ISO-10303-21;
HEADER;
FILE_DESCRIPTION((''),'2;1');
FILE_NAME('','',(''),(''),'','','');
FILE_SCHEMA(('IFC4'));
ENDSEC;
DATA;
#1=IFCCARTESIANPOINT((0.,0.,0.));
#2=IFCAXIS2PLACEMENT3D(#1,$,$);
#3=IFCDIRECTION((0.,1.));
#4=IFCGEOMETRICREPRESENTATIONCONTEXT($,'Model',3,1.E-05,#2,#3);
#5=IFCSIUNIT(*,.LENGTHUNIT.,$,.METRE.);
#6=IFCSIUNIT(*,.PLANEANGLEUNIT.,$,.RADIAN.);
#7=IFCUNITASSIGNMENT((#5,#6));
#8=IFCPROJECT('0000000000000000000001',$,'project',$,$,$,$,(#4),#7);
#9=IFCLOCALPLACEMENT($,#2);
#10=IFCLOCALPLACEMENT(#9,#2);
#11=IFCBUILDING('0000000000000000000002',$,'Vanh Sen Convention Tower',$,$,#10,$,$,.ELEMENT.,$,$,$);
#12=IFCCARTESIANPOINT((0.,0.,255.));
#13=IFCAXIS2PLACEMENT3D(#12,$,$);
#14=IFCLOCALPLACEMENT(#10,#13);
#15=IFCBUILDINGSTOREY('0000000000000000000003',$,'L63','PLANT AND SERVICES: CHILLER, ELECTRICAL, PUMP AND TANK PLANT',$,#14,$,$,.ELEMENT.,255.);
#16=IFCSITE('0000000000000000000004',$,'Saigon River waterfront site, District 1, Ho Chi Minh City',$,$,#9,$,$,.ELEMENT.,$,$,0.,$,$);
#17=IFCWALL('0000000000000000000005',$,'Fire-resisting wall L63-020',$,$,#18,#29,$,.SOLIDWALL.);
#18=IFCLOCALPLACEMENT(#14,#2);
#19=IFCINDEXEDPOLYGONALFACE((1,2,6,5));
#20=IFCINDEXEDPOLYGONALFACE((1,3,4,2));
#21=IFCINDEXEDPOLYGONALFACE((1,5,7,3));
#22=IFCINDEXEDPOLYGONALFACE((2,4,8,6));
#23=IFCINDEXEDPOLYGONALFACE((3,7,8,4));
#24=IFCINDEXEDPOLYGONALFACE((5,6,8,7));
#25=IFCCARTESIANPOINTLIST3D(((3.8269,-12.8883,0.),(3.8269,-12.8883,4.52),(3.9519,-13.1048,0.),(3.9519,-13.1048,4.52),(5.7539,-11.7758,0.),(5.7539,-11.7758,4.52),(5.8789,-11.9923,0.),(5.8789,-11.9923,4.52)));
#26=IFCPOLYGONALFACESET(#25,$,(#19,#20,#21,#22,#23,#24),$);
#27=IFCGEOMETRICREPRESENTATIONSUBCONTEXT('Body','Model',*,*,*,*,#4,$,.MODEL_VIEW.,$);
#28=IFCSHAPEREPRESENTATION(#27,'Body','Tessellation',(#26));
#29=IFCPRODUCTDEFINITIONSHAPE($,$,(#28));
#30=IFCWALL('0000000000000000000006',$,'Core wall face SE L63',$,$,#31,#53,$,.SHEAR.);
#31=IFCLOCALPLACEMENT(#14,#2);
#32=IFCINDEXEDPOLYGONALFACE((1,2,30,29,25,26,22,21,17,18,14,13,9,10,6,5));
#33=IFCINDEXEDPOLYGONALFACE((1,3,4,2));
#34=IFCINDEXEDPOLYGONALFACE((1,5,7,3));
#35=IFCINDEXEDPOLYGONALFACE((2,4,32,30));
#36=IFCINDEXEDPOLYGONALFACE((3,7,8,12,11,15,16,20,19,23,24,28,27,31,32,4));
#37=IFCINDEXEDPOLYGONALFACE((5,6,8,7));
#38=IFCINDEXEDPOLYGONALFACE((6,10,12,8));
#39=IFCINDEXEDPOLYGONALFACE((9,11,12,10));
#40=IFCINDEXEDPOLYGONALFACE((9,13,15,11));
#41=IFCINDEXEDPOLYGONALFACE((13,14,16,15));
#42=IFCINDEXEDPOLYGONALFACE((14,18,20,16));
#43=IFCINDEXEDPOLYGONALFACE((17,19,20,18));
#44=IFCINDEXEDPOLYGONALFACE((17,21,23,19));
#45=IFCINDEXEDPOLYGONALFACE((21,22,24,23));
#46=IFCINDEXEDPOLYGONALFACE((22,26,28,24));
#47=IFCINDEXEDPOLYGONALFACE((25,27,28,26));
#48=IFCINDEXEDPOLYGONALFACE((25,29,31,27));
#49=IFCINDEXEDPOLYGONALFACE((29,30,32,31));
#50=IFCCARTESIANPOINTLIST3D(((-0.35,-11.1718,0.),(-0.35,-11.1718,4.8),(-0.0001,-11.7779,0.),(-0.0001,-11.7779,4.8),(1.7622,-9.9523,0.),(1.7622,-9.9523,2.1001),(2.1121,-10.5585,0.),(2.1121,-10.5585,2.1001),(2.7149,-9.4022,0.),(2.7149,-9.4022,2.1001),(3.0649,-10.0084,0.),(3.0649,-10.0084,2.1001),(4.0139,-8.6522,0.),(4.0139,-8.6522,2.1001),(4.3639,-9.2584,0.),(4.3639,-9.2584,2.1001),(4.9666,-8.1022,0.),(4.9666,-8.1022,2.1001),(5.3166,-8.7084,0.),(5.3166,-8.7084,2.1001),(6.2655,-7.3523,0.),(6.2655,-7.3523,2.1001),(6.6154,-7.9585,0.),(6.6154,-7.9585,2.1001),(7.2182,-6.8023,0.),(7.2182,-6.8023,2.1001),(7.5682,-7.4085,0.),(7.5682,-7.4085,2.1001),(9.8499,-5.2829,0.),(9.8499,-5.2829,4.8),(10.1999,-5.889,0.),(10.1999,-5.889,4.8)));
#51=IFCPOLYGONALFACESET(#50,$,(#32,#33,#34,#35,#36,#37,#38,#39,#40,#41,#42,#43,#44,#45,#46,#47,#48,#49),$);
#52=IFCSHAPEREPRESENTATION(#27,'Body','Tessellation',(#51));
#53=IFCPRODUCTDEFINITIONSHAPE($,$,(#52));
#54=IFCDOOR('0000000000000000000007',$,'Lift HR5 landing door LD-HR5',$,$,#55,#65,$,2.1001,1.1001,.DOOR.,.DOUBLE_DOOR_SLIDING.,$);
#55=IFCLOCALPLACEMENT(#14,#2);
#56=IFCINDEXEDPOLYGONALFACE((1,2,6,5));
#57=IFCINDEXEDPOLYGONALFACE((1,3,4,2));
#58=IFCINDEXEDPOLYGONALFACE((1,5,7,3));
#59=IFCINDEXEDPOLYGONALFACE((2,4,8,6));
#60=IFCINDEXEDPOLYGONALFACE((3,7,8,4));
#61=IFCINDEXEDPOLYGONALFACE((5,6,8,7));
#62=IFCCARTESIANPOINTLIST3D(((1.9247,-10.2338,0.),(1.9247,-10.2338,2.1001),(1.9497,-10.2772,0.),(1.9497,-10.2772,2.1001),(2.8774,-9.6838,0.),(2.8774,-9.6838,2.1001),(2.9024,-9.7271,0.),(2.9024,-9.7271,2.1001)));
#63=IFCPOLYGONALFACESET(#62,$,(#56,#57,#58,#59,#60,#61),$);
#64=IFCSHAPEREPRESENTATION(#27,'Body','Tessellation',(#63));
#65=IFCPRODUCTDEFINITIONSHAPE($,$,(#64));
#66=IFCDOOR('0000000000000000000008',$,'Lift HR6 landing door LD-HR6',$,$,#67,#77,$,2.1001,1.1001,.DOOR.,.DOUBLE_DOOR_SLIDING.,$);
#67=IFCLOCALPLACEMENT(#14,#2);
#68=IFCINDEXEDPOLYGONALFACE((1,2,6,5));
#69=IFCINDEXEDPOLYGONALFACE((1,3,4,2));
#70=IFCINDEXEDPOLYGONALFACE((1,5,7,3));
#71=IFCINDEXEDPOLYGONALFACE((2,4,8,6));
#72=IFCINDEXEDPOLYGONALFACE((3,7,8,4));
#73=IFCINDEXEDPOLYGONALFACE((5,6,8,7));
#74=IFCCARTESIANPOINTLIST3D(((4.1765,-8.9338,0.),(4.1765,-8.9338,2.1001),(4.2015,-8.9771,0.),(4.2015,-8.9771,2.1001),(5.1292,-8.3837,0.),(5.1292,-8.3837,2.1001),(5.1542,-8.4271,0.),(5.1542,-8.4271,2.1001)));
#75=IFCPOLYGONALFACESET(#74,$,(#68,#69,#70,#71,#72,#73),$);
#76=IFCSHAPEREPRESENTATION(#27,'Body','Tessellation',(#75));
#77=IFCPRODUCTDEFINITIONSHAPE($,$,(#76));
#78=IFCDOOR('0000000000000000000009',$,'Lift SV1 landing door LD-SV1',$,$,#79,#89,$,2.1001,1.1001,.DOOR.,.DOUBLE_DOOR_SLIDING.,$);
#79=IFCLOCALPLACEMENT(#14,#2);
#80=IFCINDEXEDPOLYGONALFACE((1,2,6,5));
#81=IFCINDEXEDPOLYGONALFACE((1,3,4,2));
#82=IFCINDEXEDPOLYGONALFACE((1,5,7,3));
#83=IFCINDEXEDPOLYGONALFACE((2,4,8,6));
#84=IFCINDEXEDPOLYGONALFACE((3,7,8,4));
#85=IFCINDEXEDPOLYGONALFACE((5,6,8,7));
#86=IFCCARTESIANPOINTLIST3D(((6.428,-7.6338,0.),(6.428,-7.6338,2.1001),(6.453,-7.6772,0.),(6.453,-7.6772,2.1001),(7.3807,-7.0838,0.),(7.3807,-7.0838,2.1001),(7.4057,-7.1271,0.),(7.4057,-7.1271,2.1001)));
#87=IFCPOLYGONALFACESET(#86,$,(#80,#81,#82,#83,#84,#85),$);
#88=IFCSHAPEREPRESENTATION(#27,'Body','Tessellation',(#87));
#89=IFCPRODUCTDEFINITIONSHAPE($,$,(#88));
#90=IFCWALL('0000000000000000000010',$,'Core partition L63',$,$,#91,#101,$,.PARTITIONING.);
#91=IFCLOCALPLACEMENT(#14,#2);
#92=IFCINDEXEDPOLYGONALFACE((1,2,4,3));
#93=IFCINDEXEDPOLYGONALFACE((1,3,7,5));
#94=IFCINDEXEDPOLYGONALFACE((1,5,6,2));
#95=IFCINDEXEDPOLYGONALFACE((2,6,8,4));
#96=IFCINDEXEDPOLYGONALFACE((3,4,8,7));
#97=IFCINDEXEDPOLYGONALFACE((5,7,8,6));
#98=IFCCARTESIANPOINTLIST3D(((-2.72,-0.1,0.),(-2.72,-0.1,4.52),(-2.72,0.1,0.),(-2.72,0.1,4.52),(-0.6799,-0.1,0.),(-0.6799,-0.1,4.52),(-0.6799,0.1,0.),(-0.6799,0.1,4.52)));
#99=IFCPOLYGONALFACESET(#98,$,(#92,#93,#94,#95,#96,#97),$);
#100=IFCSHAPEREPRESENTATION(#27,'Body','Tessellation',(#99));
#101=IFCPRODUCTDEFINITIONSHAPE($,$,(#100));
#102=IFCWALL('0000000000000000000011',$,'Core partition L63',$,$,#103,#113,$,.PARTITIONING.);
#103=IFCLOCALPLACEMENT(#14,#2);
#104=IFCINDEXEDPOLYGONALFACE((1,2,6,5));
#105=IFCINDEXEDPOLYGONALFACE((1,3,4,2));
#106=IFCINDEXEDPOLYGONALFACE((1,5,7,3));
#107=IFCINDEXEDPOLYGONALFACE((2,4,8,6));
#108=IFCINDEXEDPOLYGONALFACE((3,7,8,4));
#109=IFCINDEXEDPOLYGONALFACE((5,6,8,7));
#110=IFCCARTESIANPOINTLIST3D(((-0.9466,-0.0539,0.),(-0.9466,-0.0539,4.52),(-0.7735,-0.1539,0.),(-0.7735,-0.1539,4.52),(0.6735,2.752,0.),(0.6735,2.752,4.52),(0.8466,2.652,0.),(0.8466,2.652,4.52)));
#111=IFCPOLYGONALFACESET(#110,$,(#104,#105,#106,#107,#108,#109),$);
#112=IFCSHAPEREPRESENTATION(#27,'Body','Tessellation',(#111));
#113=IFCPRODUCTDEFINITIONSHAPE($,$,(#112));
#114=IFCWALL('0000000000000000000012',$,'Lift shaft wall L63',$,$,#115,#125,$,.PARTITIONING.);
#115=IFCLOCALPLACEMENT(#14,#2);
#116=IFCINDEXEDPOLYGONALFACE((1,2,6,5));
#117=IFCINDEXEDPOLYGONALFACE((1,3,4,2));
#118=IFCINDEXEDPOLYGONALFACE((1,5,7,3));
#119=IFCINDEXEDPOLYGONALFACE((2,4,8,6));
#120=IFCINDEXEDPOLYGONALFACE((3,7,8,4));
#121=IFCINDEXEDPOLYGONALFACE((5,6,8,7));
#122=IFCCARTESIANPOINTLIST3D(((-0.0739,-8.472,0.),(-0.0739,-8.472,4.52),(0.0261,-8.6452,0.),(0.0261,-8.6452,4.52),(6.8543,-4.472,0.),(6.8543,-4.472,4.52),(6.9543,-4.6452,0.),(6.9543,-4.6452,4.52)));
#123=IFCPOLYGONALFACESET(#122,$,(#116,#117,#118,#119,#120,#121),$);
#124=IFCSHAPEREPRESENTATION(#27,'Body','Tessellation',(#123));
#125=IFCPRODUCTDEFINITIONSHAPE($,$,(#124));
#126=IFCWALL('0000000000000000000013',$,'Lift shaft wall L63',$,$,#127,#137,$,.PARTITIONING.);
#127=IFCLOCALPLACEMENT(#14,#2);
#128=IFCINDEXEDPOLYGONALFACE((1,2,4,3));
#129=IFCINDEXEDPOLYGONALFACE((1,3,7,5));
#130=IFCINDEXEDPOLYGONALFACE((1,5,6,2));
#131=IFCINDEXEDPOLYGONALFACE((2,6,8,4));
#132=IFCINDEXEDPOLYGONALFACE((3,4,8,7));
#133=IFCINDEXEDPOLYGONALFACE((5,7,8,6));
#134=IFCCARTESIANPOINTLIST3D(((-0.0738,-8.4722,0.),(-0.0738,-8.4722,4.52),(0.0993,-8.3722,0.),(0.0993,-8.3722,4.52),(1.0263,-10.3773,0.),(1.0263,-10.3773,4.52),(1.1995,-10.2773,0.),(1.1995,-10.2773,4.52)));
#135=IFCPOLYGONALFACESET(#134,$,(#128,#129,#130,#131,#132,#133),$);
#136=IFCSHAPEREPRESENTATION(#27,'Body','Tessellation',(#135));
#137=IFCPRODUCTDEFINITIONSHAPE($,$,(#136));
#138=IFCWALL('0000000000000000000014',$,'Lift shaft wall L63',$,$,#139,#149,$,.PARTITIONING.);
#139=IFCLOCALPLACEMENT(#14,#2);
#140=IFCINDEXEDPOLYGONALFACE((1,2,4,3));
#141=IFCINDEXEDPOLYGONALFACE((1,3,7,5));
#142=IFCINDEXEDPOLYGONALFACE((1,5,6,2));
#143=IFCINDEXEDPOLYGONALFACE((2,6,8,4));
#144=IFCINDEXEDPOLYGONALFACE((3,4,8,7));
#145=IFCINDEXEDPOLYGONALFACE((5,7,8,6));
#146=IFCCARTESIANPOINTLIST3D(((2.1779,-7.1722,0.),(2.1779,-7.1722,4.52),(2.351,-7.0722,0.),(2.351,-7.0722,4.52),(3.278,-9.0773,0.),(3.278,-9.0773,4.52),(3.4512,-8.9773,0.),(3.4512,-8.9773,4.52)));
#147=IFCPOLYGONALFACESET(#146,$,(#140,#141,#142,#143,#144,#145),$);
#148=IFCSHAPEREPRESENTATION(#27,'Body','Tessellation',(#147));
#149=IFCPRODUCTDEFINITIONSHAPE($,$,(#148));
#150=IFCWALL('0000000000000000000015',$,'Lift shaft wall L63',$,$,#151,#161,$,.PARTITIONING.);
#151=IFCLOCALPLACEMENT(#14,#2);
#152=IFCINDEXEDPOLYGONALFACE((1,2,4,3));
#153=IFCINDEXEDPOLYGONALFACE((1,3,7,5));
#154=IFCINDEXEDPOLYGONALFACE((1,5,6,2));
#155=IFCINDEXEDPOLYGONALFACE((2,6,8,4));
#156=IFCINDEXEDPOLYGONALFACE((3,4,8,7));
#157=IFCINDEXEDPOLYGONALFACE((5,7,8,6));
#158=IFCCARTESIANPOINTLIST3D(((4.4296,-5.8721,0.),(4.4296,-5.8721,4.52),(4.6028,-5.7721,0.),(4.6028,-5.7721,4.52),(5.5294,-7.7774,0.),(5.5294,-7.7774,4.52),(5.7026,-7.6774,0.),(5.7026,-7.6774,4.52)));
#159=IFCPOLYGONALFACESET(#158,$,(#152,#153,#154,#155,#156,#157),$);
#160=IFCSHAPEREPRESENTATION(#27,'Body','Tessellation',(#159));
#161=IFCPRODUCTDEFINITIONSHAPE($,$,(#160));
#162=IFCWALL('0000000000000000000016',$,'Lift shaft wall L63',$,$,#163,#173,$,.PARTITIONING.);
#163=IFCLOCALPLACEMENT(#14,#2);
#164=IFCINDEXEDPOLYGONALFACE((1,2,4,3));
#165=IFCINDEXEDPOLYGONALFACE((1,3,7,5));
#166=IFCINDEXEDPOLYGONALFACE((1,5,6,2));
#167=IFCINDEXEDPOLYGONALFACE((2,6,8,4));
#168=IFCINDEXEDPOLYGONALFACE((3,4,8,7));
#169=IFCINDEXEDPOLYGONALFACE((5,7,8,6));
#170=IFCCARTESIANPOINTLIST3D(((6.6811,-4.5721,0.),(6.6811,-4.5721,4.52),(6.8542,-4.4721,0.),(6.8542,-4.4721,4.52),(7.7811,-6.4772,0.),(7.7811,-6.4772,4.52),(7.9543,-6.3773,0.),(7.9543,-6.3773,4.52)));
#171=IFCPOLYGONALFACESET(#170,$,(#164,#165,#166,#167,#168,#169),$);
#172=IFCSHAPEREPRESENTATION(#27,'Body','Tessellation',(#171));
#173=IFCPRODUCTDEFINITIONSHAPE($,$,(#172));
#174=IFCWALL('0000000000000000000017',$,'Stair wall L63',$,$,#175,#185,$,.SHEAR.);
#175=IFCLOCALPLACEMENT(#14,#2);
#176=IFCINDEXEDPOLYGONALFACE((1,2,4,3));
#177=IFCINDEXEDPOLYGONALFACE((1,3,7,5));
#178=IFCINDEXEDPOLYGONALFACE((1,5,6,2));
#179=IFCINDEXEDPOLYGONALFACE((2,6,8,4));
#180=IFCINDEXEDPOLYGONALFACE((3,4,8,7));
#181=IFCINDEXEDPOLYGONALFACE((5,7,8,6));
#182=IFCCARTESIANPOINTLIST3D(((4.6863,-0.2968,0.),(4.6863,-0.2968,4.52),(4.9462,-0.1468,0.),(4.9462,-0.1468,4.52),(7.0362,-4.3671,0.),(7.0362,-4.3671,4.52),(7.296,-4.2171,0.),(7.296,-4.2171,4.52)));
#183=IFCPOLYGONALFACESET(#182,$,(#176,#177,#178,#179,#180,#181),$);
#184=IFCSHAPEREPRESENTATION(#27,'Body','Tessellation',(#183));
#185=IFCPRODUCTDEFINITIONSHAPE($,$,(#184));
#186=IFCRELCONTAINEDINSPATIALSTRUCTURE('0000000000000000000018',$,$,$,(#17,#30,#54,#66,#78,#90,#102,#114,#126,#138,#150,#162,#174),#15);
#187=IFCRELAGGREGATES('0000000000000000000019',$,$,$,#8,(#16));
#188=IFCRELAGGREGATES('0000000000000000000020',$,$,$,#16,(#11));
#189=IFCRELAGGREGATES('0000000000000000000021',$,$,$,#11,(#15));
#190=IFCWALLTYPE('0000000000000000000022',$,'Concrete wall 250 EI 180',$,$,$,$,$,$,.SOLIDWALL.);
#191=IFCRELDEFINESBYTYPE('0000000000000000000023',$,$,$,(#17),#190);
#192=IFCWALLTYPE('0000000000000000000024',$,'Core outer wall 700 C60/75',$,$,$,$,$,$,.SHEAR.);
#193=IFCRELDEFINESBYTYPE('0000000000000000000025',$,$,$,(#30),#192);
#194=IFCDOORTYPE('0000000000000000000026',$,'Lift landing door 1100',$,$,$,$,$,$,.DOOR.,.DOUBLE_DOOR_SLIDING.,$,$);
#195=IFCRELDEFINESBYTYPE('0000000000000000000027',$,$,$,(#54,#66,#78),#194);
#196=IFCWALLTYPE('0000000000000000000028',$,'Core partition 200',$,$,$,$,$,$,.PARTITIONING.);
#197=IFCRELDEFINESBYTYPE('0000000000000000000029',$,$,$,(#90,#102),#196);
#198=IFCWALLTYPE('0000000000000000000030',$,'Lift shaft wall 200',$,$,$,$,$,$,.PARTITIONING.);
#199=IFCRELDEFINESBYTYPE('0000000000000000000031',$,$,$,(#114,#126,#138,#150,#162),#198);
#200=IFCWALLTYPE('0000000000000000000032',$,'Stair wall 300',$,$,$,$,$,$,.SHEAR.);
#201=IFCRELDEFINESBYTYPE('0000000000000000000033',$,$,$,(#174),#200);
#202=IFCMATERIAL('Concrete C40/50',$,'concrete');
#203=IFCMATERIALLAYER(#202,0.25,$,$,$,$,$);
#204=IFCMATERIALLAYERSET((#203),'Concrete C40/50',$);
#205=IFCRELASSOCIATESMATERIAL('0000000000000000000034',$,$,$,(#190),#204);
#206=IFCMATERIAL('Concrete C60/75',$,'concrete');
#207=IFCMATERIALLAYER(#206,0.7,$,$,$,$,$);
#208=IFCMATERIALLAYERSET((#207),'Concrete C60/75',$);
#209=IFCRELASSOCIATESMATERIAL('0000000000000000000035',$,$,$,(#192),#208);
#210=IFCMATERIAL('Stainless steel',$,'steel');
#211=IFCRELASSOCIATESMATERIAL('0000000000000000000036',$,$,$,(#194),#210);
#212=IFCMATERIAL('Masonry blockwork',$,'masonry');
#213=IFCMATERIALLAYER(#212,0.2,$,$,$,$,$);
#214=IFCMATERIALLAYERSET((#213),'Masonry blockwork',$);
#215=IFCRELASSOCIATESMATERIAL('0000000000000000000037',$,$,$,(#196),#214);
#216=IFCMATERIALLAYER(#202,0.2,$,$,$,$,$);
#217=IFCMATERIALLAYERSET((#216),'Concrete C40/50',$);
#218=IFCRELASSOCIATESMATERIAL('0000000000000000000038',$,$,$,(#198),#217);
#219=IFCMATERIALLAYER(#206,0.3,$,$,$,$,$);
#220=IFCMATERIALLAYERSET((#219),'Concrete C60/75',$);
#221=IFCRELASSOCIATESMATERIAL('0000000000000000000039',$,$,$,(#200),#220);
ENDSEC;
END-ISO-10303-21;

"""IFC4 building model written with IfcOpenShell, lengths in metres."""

from ifc_helpers import new_model, si_unit, direction, frame, frame_2d, origin, place, context, subcontext, project, spatial, rectangle, extrude, material, layer, layer_set, type_object, element, fill, save


model = new_model("IFC4")

# Units and contexts
model_context = context("Model", 3, precision=1e-05, world=origin(), true_north=direction((0.0, 1.0)))
body_context = subcontext(model_context, "Body", "Model", "MODEL_VIEW")
ifc_project = project(units=[si_unit("LENGTHUNIT", "METRE"), si_unit("PLANEANGLEUNIT", "RADIAN")], contexts=[model_context])

# Site, building, storey
site_placement = place(None, origin())
site = spatial("IfcSite", under=ifc_project, at=site_placement, Name="Saigon River waterfront site, District 1, Ho Chi Minh City", CompositionType="ELEMENT", RefElevation=0.0)
building_placement = place(site_placement, origin())
building = spatial("IfcBuilding", under=site, at=building_placement, Name="Vanh Sen Convention Tower", CompositionType="ELEMENT")
storey_placement = place(building_placement, frame((0.0, 0.0, 255.0)))
storey = spatial("IfcBuildingStorey", under=building, at=storey_placement, Name="L63", Description="PLANT AND SERVICES: CHILLER, ELECTRICAL, PUMP AND TANK PLANT", CompositionType="ELEMENT", Elevation=255.0)

# Shared definitions
ifc_material_1 = material(Name="Concrete C40/50", Category="concrete")

# Wall
ifc_layer_1 = layer(ifc_material_1, 0.25)
ifc_layer_set_1 = layer_set([ifc_layer_1], Name="Concrete C40/50")
wall_type_1 = type_object("IfcWallType", Name="Concrete wall 250 EI 180", PredefinedType="SOLIDWALL", material=ifc_layer_set_1)
wall_1_placement = place(storey_placement, frame((3.8894, -12.9966, 0.0), z_axis=(0.0, 0.0, 1.0), x_axis=(0.866027, 0.499998, 0.0)))
element("IfcWall", 1, at=wall_1_placement, inside=storey, type_object=wall_type_1, Name="Fire-resisting wall L63-020", PredefinedType="SOLIDWALL", context=body_context, shape_type="SweptSolid", body=[
    extrude(rectangle(XDim=2.2251, YDim=0.25, at=frame_2d((1.1125, 0.0))), origin(), (0.0, 0.0, 1.0), 4.52),
])

# Wall, openings, doors
ifc_material_2 = material(Name="Concrete C60/75", Category="concrete")
ifc_layer_2 = layer(ifc_material_2, 0.7)
ifc_layer_set_2 = layer_set([ifc_layer_2], Name="Concrete C60/75")
wall_type_2 = type_object("IfcWallType", Name="Core outer wall 700 C60/75", PredefinedType="SHEAR", material=ifc_layer_set_2)
wall_2_placement = place(storey_placement, frame((-0.175, -11.4749, 0.0), z_axis=(0.0, 0.0, 1.0), x_axis=(0.866026, 0.499998, 0.0)))
wall_2 = element("IfcWall", 2, at=wall_2_placement, inside=storey, type_object=wall_type_2, Name="Core wall face SE L63", PredefinedType="SHEAR", context=body_context, shape_type="SweptSolid", body=[
    extrude(rectangle(XDim=11.7778, YDim=0.7, at=frame_2d((5.8889, 0.0))), origin(), (0.0, 0.0, 1.0), 4.8),
])
opening_1_placement = place(wall_2_placement, frame((2.439, 0.0, 0.0)))
opening_1 = element("IfcOpeningElement", 3, at=opening_1_placement, cuts=wall_2, PredefinedType="OPENING", context=body_context, shape_type="SweptSolid", body=[
    extrude(rectangle(XDim=1.1001, YDim=2.1001, at=frame_2d((0.55, 1.05))), frame((0.0, 0.3599, 0.0), z_axis=(0.0, -1.0, 0.0), x_axis=(1.0, 0.0, 0.0)), (0.0, 0.0, 1.0), 0.72),
])
opening_2_placement = place(wall_2_placement, frame((5.0391, 0.0, 0.0)))
opening_2 = element("IfcOpeningElement", 4, at=opening_2_placement, cuts=wall_2, PredefinedType="OPENING", context=body_context, shape_type="SweptSolid", body=[
    extrude(rectangle(XDim=1.1001, YDim=2.1001, at=frame_2d((0.55, 1.05))), frame((0.0, 0.3599, 0.0), z_axis=(0.0, -1.0, 0.0), x_axis=(1.0, 0.0, 0.0)), (0.0, 0.0, 1.0), 0.72),
])
opening_3_placement = place(wall_2_placement, frame((7.6389, 0.0, 0.0)))
opening_3 = element("IfcOpeningElement", 5, at=opening_3_placement, cuts=wall_2, PredefinedType="OPENING", context=body_context, shape_type="SweptSolid", body=[
    extrude(rectangle(XDim=1.1001, YDim=2.1001, at=frame_2d((0.55, 1.05))), frame((0.0, 0.3599, 0.0), z_axis=(0.0, -1.0, 0.0), x_axis=(1.0, 0.0, 0.0)), (0.0, 0.0, 1.0), 0.72),
])
ifc_material_3 = material(Name="Stainless steel", Category="steel")
door_type = type_object("IfcDoorType", Name="Lift landing door 1100", OperationType="DOUBLE_DOOR_SLIDING", PredefinedType="DOOR", material=ifc_material_3)
door_1_placement = place(opening_1_placement, origin())
door_1 = element("IfcDoor", 6, at=door_1_placement, inside=storey, type_object=door_type, Name="Lift HR5 landing door LD-HR5", OperationType="DOUBLE_DOOR_SLIDING", OverallHeight=2.1001, OverallWidth=1.1001, PredefinedType="DOOR", context=body_context, shape_type="SweptSolid", body=[
    extrude(rectangle(XDim=1.1001, YDim=2.1001, at=frame_2d((0.55, 1.05))), frame((0.0, 0.0249, 0.0), z_axis=(0.0, -1.0, 0.0), x_axis=(1.0, 0.0, 0.0)), (0.0, 0.0, 1.0), 0.05),
])
fill(opening_1, door_1)
door_2_placement = place(opening_2_placement, origin())
door_2 = element("IfcDoor", 7, at=door_2_placement, inside=storey, type_object=door_type, Name="Lift HR6 landing door LD-HR6", OperationType="DOUBLE_DOOR_SLIDING", OverallHeight=2.1001, OverallWidth=1.1001, PredefinedType="DOOR", context=body_context, shape_type="SweptSolid", body=[
    extrude(rectangle(XDim=1.1001, YDim=2.1001, at=frame_2d((0.55, 1.05))), frame((0.0, 0.0249, 0.0), z_axis=(0.0, -1.0, 0.0), x_axis=(1.0, 0.0, 0.0)), (0.0, 0.0, 1.0), 0.05),
])
fill(opening_2, door_2)
door_3_placement = place(opening_3_placement, origin())
door_3 = element("IfcDoor", 8, at=door_3_placement, inside=storey, type_object=door_type, Name="Lift SV1 landing door LD-SV1", OperationType="DOUBLE_DOOR_SLIDING", OverallHeight=2.1001, OverallWidth=1.1001, PredefinedType="DOOR", context=body_context, shape_type="SweptSolid", body=[
    extrude(rectangle(XDim=1.1001, YDim=2.1001, at=frame_2d((0.55, 1.05))), frame((0.0, 0.0249, 0.0), z_axis=(0.0, -1.0, 0.0), x_axis=(1.0, 0.0, 0.0)), (0.0, 0.0, 1.0), 0.05),
])
fill(opening_3, door_3)

# Walls
ifc_material_4 = material(Name="Masonry blockwork", Category="masonry")
ifc_layer_3 = layer(ifc_material_4, 0.2)
ifc_layer_set_3 = layer_set([ifc_layer_3], Name="Masonry blockwork")
wall_type_3 = type_object("IfcWallType", Name="Core partition 200", PredefinedType="PARTITIONING", material=ifc_layer_set_3)
wall_3_placement = place(storey_placement, frame((-0.6799, 0.0, 0.0), z_axis=(0.0, 0.0, 1.0), x_axis=(-1.0, 0.0, 0.0)))
element("IfcWall", 9, at=wall_3_placement, inside=storey, type_object=wall_type_3, Name="Core partition L63", PredefinedType="PARTITIONING", context=body_context, shape_type="SweptSolid", body=[
    extrude(rectangle(XDim=2.04, YDim=0.2, at=frame_2d((1.02, 0.0))), origin(), (0.0, 0.0, 1.0), 4.52),
])
wall_4_placement = place(storey_placement, frame((-0.8601, -0.104, 0.0), z_axis=(0.0, 0.0, 1.0), x_axis=(0.500029, 0.866009, 0.0)))
element("IfcWall", 10, at=wall_4_placement, inside=storey, type_object=wall_type_3, Name="Core partition L63", PredefinedType="PARTITIONING", context=body_context, shape_type="SweptSolid", body=[
    extrude(rectangle(XDim=3.24, YDim=0.2, at=frame_2d((1.6201, 0.0))), origin(), (0.0, 0.0, 1.0), 4.52),
])
ifc_layer_4 = layer(ifc_material_1, 0.2)
ifc_layer_set_4 = layer_set([ifc_layer_4], Name="Concrete C40/50")
wall_type_4 = type_object("IfcWallType", Name="Lift shaft wall 200", PredefinedType="PARTITIONING", material=ifc_layer_set_4)
wall_5_placement = place(storey_placement, frame((-0.0239, -8.5586, 0.0), z_axis=(0.0, 0.0, 1.0), x_axis=(0.866026, 0.499999, 0.0)))
element("IfcWall", 11, at=wall_5_placement, inside=storey, type_object=wall_type_4, Name="Lift shaft wall L63", PredefinedType="PARTITIONING", context=body_context, shape_type="SweptSolid", body=[
    extrude(rectangle(XDim=8.0, YDim=0.2, at=frame_2d((4.0, 0.0))), origin(), (0.0, 0.0, 1.0), 4.52),
])
for number, where, z_axis, x_axis, name in (
    (12, (0.0127, -8.4221, 0.0), (0.0, 0.0, 1.0), (0.500078, -0.86598, 0.0), "Lift shaft wall L63"),
    (13, (2.2644, -7.1221, 0.0), (0.0, 0.0, 1.0), (0.500078, -0.86598, 0.0), "Lift shaft wall L63"),
    (14, (4.5161, -5.822, 0.0), (0.0, 0.0, 1.0), (0.499947, -0.866056, 0.0), "Lift shaft wall L63"),
    (15, (6.7676, -4.522, 0.0), (0.0, 0.0, 1.0), (0.50003, -0.866008, 0.0), "Lift shaft wall L63"),
):
    element("IfcWall", number, at=place(storey_placement, frame(where, z_axis=z_axis, x_axis=x_axis)), inside=storey, type_object=wall_type_4, Name=name, PredefinedType="PARTITIONING", context=body_context, shape_type="SweptSolid", body=[
        extrude(rectangle(XDim=2.2, YDim=0.2, at=frame_2d((1.1001, 0.0))), origin(), (0.0, 0.0, 1.0), 4.52),
    ])
ifc_layer_5 = layer(ifc_material_2, 0.3)
ifc_layer_set_5 = layer_set([ifc_layer_5], Name="Concrete C60/75")
wall_type_5 = type_object("IfcWallType", Name="Stair wall 300", PredefinedType="SHEAR", material=ifc_layer_set_5)
wall_6_placement = place(storey_placement, frame((4.8162, -0.2217, 0.0), z_axis=(0.0, 0.0, 1.0), x_axis=(0.499977, -0.866039, 0.0)))
element("IfcWall", 16, at=wall_6_placement, inside=storey, type_object=wall_type_5, Name="Stair wall L63", PredefinedType="SHEAR", context=body_context, shape_type="SweptSolid", body=[
    extrude(rectangle(XDim=4.7, YDim=0.3, at=frame_2d((2.3501, 0.0))), origin(), (0.0, 0.0, 1.0), 4.52),
])

save(model, "model.ifc")
